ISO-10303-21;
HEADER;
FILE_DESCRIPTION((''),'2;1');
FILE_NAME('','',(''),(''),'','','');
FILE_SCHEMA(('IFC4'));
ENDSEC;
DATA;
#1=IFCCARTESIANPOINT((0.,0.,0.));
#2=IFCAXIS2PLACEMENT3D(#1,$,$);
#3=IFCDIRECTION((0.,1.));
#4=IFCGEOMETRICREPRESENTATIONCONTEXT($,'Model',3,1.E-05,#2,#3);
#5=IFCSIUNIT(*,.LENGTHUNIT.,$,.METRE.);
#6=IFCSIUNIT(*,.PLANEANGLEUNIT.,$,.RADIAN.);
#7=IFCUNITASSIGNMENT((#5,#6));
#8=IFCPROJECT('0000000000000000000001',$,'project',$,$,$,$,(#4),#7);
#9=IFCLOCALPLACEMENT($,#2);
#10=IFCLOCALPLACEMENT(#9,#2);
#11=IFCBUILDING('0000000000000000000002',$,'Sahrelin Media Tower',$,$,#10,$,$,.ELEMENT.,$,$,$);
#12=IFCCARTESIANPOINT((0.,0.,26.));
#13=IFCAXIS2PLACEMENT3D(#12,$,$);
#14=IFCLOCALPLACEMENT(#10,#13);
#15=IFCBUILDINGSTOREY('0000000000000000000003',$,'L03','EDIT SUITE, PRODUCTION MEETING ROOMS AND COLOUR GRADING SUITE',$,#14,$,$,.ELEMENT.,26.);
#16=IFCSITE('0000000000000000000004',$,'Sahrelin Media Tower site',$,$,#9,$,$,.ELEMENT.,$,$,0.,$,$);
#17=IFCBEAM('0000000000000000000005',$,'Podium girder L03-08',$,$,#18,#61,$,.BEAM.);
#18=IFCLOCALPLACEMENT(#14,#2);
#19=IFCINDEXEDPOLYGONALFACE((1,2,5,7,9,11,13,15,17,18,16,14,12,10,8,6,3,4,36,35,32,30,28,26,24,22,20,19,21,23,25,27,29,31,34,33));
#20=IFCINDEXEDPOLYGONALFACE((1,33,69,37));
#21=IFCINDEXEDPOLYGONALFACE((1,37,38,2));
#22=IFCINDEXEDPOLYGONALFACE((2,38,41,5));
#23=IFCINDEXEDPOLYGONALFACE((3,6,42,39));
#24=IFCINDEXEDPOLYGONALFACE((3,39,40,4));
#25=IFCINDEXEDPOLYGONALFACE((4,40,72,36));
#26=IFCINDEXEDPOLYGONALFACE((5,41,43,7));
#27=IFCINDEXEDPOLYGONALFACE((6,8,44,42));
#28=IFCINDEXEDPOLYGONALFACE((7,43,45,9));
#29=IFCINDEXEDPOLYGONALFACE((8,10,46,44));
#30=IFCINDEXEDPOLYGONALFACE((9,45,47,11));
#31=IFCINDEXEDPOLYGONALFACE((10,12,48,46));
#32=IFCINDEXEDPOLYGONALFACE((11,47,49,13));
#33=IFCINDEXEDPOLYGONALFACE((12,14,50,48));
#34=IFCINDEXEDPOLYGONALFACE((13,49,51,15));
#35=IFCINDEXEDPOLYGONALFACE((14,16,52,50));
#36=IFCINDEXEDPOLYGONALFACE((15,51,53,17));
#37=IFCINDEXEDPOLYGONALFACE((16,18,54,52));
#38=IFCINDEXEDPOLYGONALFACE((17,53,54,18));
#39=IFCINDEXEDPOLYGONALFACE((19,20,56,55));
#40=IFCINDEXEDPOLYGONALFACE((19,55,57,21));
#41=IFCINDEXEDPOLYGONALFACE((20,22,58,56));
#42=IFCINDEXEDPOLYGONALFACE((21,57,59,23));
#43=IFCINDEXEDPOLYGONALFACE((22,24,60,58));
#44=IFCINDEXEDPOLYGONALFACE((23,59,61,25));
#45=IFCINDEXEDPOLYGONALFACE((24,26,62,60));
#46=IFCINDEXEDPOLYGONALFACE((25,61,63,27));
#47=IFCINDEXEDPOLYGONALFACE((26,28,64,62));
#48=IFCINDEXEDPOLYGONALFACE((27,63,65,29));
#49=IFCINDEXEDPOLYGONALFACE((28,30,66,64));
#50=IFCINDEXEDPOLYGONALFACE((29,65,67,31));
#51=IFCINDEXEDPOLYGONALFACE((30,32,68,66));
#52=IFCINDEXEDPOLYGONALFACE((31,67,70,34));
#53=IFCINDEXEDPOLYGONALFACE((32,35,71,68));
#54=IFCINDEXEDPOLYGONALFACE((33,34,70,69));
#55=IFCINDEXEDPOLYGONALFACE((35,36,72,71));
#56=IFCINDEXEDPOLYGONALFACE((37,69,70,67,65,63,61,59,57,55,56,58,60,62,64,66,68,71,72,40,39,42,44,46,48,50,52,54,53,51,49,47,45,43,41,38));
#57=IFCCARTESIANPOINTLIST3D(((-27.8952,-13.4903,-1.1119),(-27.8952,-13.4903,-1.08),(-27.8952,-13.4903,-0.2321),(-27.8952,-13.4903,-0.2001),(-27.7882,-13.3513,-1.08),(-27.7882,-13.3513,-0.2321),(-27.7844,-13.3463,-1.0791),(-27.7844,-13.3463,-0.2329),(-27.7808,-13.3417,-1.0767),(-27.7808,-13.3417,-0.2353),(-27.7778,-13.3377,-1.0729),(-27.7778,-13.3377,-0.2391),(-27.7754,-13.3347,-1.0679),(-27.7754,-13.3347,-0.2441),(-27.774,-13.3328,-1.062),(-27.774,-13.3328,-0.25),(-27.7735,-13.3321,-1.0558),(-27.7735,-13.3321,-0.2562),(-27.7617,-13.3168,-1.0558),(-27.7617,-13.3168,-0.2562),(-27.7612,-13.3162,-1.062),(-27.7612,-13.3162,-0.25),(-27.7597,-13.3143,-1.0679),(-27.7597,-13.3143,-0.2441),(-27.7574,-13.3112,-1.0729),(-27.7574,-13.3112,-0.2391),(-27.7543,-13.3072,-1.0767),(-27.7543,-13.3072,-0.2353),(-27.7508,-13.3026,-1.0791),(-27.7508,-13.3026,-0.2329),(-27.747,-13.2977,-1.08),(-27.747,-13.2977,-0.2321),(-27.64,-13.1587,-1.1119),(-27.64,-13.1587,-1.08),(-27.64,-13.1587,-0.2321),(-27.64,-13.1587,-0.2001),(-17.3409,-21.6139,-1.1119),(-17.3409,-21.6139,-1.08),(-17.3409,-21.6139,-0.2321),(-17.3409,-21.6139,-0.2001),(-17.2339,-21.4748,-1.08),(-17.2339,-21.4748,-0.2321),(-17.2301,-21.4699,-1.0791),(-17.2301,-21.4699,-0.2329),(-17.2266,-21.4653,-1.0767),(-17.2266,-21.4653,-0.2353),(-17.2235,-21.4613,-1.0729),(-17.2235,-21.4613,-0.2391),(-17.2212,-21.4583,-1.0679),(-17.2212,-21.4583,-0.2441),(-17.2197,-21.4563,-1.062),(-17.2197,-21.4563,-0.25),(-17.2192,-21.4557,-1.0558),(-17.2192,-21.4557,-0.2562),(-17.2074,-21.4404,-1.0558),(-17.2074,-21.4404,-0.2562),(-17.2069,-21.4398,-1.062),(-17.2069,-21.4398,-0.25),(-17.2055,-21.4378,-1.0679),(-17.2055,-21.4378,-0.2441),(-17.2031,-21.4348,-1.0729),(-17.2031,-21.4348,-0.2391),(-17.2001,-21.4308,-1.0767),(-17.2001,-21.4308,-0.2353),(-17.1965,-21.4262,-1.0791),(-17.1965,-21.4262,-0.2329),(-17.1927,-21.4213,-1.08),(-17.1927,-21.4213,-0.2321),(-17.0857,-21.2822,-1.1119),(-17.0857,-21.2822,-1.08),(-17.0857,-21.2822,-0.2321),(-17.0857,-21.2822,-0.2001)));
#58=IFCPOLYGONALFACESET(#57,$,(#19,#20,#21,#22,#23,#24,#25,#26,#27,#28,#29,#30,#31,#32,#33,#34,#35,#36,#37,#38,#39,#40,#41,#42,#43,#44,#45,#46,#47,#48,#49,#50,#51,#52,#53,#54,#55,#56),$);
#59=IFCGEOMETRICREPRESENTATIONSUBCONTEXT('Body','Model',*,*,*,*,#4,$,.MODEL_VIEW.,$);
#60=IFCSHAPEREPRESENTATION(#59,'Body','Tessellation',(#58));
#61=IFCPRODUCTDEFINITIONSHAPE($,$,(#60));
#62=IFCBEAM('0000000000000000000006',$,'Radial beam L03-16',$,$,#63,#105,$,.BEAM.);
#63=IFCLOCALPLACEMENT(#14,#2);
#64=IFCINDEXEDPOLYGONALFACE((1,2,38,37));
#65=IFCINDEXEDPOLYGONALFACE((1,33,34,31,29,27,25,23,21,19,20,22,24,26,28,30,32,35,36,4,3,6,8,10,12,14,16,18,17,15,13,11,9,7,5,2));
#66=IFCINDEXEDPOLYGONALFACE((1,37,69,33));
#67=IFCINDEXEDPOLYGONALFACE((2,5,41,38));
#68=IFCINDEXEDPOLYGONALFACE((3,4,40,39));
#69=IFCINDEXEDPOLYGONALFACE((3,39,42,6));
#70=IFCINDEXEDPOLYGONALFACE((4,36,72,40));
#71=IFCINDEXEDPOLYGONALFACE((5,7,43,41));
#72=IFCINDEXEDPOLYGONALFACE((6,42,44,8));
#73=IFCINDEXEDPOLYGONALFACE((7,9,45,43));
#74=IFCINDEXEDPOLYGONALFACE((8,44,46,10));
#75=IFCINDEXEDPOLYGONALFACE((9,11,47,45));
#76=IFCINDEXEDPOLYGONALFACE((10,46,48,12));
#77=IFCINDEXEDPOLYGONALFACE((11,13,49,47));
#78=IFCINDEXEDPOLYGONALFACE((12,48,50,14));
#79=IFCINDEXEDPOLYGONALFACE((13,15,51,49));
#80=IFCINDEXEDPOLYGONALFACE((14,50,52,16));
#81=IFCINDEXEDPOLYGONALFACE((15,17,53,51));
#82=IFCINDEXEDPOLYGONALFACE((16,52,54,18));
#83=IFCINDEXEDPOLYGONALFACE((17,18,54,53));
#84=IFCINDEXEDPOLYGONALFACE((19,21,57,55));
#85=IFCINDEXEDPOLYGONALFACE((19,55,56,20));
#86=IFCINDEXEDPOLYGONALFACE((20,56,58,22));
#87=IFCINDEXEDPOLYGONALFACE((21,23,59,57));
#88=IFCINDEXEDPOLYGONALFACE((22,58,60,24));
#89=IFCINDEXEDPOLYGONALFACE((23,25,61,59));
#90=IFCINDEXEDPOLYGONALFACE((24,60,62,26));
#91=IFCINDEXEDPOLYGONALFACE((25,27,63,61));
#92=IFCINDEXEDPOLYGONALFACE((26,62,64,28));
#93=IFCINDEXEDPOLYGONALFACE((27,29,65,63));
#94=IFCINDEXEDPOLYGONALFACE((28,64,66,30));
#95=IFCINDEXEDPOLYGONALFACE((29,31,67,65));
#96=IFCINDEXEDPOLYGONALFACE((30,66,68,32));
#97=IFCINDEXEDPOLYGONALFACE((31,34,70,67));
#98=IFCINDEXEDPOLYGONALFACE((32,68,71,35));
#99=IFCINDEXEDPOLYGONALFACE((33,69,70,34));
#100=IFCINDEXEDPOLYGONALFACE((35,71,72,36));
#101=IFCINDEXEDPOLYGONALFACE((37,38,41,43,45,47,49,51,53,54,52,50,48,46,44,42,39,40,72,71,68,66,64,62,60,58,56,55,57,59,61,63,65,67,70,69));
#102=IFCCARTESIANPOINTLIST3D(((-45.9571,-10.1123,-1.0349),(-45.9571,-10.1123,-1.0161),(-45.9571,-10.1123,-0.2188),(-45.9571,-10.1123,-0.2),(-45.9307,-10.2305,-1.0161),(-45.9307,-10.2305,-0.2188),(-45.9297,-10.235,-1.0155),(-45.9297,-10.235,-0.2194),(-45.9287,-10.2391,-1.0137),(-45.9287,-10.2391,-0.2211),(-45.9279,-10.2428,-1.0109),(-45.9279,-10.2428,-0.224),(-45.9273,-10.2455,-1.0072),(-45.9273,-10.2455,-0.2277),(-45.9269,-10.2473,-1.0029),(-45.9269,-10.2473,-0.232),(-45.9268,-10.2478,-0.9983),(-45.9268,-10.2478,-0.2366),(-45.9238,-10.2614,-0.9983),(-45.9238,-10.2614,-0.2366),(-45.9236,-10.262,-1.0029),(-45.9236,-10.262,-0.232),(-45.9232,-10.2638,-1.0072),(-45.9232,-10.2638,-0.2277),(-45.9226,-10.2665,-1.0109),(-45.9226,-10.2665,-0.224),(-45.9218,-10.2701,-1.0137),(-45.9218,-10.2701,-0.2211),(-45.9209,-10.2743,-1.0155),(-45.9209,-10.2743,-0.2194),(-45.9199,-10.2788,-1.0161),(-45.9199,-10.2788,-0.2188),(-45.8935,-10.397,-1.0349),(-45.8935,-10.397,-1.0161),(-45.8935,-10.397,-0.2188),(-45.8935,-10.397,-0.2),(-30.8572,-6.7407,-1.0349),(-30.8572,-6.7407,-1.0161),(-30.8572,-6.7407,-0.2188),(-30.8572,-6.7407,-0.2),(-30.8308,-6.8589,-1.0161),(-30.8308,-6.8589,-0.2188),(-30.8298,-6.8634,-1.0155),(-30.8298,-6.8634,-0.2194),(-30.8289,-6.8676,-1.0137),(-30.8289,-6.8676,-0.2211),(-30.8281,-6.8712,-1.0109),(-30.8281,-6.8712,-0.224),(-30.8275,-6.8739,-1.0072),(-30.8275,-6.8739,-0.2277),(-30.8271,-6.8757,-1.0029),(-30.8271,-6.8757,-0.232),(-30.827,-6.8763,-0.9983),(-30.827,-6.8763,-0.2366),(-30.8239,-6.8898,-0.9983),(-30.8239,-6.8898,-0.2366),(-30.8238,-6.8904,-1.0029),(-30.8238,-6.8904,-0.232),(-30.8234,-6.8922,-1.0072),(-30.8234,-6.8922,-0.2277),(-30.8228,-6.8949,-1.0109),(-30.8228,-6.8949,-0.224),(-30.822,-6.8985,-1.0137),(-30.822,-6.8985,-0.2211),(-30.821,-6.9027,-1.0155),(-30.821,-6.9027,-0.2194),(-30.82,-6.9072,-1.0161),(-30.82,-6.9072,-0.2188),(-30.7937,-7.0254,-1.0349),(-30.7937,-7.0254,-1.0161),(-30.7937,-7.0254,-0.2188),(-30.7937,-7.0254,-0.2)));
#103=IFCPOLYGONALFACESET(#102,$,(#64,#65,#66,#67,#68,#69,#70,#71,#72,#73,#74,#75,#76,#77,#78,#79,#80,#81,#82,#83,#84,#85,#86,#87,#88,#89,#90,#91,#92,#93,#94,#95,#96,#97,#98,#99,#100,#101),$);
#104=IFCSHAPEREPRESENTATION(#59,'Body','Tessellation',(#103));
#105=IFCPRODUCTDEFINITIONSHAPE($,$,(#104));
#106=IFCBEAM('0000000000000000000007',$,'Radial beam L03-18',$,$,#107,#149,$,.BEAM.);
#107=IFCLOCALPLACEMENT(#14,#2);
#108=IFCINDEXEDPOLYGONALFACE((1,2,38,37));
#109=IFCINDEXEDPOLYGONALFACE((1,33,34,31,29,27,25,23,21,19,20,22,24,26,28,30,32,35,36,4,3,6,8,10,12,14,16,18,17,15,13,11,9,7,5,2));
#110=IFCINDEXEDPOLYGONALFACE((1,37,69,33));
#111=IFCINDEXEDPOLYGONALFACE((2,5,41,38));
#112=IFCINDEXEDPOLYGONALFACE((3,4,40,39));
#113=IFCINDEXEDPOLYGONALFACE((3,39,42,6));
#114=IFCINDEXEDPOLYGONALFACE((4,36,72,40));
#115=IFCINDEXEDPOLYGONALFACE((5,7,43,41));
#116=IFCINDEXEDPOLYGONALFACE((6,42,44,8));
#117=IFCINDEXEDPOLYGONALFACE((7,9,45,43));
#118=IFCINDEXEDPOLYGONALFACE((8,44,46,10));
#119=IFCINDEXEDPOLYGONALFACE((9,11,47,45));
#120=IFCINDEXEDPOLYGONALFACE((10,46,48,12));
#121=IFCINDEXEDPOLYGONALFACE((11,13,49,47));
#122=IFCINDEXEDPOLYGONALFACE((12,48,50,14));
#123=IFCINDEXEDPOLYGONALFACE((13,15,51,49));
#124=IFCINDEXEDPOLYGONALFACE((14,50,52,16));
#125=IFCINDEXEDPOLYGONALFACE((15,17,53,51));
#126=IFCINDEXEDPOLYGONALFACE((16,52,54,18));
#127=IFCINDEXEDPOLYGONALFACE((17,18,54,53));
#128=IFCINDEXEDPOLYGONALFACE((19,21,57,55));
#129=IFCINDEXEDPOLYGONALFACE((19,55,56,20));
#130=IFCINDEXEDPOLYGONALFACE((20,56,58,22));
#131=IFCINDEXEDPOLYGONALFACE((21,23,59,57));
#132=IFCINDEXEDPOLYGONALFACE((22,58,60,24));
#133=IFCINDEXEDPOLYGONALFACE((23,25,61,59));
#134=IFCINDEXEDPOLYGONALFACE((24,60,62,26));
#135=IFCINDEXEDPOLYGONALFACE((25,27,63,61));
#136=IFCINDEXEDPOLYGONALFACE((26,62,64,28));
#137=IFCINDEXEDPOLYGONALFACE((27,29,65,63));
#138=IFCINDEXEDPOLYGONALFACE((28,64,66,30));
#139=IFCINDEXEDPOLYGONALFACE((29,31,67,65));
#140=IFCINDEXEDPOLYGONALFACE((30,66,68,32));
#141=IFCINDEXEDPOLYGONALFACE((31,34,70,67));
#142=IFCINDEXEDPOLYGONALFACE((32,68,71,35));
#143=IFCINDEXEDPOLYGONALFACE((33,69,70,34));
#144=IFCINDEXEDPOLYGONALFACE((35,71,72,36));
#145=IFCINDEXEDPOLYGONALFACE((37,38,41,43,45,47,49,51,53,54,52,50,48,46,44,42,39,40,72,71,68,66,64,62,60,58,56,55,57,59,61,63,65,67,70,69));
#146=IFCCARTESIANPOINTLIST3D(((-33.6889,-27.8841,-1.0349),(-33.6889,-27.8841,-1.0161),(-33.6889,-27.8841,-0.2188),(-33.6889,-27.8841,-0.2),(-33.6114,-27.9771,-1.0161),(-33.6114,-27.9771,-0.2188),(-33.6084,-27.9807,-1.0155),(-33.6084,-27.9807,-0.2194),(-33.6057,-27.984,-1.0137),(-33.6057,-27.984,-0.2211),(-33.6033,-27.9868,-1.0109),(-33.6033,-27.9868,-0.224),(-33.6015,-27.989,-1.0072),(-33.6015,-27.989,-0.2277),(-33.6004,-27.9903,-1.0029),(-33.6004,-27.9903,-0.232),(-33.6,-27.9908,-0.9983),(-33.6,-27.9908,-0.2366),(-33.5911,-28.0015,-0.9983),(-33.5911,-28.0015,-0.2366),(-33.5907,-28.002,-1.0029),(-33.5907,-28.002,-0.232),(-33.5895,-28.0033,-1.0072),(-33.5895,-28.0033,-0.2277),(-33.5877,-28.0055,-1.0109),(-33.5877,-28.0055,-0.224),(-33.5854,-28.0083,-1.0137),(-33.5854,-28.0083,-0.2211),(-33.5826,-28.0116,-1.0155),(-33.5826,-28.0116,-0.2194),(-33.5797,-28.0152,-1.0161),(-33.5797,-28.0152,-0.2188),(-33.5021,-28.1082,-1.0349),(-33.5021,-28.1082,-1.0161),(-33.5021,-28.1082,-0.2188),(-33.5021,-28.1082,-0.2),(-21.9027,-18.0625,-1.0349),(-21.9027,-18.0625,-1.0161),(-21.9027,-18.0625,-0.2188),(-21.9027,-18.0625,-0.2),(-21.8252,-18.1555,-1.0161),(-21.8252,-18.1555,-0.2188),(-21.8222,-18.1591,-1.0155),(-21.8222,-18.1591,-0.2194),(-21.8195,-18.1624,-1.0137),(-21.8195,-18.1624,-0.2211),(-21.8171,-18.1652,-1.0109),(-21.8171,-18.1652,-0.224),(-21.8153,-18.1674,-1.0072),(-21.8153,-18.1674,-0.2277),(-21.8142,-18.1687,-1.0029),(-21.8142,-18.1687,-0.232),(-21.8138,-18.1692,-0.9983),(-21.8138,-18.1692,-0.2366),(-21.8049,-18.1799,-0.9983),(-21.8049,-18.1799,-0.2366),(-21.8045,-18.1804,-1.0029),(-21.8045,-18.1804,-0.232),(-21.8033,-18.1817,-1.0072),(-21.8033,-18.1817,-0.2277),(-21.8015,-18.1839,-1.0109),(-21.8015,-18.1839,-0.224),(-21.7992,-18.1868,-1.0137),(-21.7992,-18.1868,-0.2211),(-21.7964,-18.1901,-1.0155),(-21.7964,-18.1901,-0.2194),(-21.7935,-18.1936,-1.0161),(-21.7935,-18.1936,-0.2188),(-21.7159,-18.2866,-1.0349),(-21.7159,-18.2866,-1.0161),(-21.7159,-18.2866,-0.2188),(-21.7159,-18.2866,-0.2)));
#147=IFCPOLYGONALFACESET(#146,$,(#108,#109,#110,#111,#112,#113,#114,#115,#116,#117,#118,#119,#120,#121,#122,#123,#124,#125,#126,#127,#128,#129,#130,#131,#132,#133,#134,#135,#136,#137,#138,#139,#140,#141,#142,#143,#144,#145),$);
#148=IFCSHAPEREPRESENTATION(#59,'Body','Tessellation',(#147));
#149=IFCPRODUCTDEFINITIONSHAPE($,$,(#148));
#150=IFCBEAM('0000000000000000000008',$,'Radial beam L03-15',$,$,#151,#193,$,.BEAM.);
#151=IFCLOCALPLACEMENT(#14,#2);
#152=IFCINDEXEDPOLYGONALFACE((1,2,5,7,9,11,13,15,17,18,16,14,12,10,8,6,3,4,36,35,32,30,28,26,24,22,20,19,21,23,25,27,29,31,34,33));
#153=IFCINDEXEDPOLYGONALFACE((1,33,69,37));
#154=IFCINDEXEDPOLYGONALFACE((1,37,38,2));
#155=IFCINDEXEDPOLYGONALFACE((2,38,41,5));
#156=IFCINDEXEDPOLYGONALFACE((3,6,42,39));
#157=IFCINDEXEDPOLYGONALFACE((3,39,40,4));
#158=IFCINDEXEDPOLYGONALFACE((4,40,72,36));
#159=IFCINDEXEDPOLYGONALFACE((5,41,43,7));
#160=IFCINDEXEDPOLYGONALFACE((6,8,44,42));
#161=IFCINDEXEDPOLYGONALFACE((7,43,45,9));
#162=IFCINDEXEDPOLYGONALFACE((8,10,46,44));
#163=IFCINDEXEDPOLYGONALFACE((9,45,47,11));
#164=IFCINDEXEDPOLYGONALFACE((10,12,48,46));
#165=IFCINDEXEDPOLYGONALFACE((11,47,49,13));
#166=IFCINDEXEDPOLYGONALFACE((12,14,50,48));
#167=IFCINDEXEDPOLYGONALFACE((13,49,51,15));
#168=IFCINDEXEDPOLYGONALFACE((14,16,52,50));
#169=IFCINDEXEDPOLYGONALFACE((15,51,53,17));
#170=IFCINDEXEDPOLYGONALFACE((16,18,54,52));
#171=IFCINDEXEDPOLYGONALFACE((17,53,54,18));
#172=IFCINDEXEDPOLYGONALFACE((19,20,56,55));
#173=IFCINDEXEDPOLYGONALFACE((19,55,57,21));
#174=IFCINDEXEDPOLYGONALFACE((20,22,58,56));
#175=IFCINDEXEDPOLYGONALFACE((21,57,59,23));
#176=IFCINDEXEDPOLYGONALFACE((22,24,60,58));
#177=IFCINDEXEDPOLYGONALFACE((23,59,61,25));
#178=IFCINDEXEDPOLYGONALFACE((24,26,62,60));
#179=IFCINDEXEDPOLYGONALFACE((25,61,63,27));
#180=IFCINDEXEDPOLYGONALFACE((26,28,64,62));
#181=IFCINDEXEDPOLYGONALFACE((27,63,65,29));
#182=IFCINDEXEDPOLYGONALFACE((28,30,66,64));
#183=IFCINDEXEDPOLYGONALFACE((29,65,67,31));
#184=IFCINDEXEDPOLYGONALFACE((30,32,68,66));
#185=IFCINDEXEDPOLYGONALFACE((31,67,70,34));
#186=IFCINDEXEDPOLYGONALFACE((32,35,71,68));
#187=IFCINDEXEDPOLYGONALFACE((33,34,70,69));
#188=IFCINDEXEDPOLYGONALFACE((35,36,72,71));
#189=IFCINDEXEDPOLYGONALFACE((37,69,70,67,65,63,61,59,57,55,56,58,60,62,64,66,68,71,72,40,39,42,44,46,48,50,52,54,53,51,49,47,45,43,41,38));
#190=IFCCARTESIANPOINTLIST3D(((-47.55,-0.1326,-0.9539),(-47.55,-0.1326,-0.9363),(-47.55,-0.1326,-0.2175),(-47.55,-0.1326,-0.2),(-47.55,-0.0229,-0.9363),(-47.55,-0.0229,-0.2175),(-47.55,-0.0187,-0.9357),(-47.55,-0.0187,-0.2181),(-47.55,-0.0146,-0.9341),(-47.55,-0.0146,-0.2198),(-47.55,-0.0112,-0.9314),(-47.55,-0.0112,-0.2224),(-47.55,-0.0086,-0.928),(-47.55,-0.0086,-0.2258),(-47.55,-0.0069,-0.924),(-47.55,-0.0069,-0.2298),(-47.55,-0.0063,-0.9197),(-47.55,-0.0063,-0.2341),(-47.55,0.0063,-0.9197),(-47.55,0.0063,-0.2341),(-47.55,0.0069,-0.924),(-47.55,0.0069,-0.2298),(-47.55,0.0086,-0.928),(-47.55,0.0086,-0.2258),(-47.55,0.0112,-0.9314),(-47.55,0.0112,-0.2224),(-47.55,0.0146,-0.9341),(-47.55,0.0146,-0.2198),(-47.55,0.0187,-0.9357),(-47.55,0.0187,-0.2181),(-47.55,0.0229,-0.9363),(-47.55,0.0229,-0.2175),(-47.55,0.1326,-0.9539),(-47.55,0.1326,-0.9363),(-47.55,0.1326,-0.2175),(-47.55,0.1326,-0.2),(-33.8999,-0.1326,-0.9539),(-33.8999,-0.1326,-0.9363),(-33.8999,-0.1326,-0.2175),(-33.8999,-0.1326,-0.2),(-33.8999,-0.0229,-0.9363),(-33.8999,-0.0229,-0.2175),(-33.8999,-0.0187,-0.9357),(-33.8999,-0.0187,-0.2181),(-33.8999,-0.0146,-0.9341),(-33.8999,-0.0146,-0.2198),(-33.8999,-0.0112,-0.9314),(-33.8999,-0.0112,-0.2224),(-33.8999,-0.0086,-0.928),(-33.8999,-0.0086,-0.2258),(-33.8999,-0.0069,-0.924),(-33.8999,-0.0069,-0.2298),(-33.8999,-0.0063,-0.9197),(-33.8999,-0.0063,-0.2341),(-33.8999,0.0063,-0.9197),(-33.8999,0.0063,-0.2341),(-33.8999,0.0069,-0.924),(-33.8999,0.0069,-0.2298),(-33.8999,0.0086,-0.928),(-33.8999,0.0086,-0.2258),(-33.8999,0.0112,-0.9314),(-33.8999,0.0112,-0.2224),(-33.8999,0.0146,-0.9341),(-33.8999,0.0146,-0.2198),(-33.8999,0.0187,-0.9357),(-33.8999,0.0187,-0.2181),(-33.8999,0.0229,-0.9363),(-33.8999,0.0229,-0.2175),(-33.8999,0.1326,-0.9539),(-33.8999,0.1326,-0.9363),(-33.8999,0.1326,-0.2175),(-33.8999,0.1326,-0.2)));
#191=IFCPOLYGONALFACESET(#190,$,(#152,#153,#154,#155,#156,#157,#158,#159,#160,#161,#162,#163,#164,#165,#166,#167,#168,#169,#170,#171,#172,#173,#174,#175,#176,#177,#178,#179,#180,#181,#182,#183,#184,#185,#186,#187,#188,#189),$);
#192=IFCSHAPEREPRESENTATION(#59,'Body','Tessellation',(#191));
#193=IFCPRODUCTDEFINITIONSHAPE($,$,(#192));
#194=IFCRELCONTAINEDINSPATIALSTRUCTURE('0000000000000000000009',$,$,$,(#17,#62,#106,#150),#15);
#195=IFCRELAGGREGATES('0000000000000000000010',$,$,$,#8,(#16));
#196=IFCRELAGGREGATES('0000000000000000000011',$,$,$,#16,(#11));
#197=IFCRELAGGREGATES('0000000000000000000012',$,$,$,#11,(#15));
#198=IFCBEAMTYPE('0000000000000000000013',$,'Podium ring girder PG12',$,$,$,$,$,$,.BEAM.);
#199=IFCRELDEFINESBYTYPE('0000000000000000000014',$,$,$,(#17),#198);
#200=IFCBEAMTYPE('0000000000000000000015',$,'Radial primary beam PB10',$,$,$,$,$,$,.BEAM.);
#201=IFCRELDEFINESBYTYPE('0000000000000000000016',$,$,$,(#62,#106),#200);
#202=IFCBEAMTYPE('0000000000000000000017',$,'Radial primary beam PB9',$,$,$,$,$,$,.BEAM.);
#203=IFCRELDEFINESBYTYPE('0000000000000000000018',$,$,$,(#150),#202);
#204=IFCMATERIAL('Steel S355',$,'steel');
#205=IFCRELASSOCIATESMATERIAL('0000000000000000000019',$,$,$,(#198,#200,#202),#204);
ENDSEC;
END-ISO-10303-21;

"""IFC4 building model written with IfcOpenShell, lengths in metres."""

from ifc_helpers import new_model, si_unit, direction, frame, origin, origin_2d, place, context, subcontext, project, spatial, i_section, extrude, material, material_profile, profile_set, type_object, element, save


model = new_model("IFC4")

# Units and contexts
model_context = context("Model", 3, precision=1e-05, world=origin(), true_north=direction((0.0, 1.0)))
body_context = subcontext(model_context, "Body", "Model", "MODEL_VIEW")
ifc_project = project(units=[si_unit("LENGTHUNIT", "METRE"), si_unit("PLANEANGLEUNIT", "RADIAN")], contexts=[model_context])

# Site, building, storey
site_placement = place(None, origin())
site = spatial("IfcSite", under=ifc_project, at=site_placement, Name="Sahrelin Media Tower site", CompositionType="ELEMENT", RefElevation=0.0)
building_placement = place(site_placement, origin())
building = spatial("IfcBuilding", under=site, at=building_placement, Name="Sahrelin Media Tower", CompositionType="ELEMENT")
storey_placement = place(building_placement, frame((0.0, 0.0, 26.0)))
storey = spatial("IfcBuildingStorey", under=building, at=storey_placement, Name="L03", Description="EDIT SUITE, PRODUCTION MEETING ROOMS AND COLOUR GRADING SUITE", CompositionType="ELEMENT", Elevation=26.0)

# Beams
ifc_material_1 = material(Name="Steel S355", Category="steel")
ifc_material_profile_1 = material_profile(ifc_material_1, i_section(OverallWidth=0.4185, OverallDepth=0.9119, WebThickness=0.0193, FlangeThickness=0.032, FilletRadius=0.0242, at=origin_2d()), Name="UB 914x419x343")
ifc_profile_set_1 = profile_set([ifc_material_profile_1], Name="Steel S355")
beam_type_1 = type_object("IfcBeamType", Name="Podium ring girder PG12", PredefinedType="BEAM", material=ifc_profile_set_1)
beam_1_placement = place(storey_placement, frame((-27.7676, -13.3245, -0.656), z_axis=(0.792445, -0.609943, 0.0), x_axis=(0.609943, 0.792445, 0.0)))
element("IfcBeam", 1, at=beam_1_placement, inside=storey, type_object=beam_type_1, Name="Podium girder L03-08", PredefinedType="BEAM", context=body_context, shape_type="SweptSolid", body=[
    extrude(i_section(OverallWidth=0.4185, OverallDepth=0.9119, WebThickness=0.0193, FlangeThickness=0.032, FilletRadius=0.0242, at=origin_2d()), origin(), (0.0, 0.0, 1.0), 13.3186),
])
ifc_material_profile_2 = material_profile(ifc_material_1, i_section(OverallWidth=0.2917, OverallDepth=0.835, WebThickness=0.0139, FlangeThickness=0.0188, FilletRadius=0.0178, at=origin_2d()), Name="UB 838x292x176")
ifc_profile_set_2 = profile_set([ifc_material_profile_2], Name="Steel S355")
beam_type_2 = type_object("IfcBeamType", Name="Radial primary beam PB10", PredefinedType="BEAM", material=ifc_profile_set_2)
beam_2_placement = place(storey_placement, frame((-30.8254, -6.8831, -0.6174), z_axis=(-0.975967, -0.217919, 0.0), x_axis=(0.217919, -0.975967, 0.0)))
element("IfcBeam", 2, at=beam_2_placement, inside=storey, type_object=beam_type_2, Name="Radial beam L03-16", PredefinedType="BEAM", context=body_context, shape_type="SweptSolid", body=[
    extrude(i_section(OverallWidth=0.2917, OverallDepth=0.835, WebThickness=0.0139, FlangeThickness=0.0188, FilletRadius=0.0178, at=origin_2d()), origin(), (0.0, 0.0, 1.0), 15.4717),
])
beam_3_placement = place(storey_placement, frame((-21.8093, -18.1746, -0.6174), z_axis=(-0.768229, -0.640175, 0.0), x_axis=(0.640175, -0.768229, 0.0)))
element("IfcBeam", 3, at=beam_3_placement, inside=storey, type_object=beam_type_2, Name="Radial beam L03-18", PredefinedType="BEAM", context=body_context, shape_type="SweptSolid", body=[
    extrude(i_section(OverallWidth=0.2917, OverallDepth=0.835, WebThickness=0.0139, FlangeThickness=0.0188, FilletRadius=0.0178, at=origin_2d()), origin(), (0.0, 0.0, 1.0), 15.342),
])
ifc_material_profile_3 = material_profile(ifc_material_1, i_section(OverallWidth=0.2651, OverallDepth=0.7539, WebThickness=0.0127, FlangeThickness=0.0176, FilletRadius=0.0166, at=origin_2d()), Name="UB 762x267x147")
ifc_profile_set_3 = profile_set([ifc_material_profile_3], Name="Steel S355")
beam_type_3 = type_object("IfcBeamType", Name="Radial primary beam PB9", PredefinedType="BEAM", material=ifc_profile_set_3)
beam_4_placement = place(storey_placement, frame((-33.8999, 0.0, -0.5769), z_axis=(-1.0, 0.0, 0.0), x_axis=(0.0, -1.0, 0.0)))
element("IfcBeam", 4, at=beam_4_placement, inside=storey, type_object=beam_type_3, Name="Radial beam L03-15", PredefinedType="BEAM", context=body_context, shape_type="SweptSolid", body=[
    extrude(i_section(OverallWidth=0.2651, OverallDepth=0.7539, WebThickness=0.0127, FlangeThickness=0.0176, FilletRadius=0.0166, at=origin_2d()), origin(), (0.0, 0.0, 1.0), 13.6501),
])

save(model, "model.ifc")
